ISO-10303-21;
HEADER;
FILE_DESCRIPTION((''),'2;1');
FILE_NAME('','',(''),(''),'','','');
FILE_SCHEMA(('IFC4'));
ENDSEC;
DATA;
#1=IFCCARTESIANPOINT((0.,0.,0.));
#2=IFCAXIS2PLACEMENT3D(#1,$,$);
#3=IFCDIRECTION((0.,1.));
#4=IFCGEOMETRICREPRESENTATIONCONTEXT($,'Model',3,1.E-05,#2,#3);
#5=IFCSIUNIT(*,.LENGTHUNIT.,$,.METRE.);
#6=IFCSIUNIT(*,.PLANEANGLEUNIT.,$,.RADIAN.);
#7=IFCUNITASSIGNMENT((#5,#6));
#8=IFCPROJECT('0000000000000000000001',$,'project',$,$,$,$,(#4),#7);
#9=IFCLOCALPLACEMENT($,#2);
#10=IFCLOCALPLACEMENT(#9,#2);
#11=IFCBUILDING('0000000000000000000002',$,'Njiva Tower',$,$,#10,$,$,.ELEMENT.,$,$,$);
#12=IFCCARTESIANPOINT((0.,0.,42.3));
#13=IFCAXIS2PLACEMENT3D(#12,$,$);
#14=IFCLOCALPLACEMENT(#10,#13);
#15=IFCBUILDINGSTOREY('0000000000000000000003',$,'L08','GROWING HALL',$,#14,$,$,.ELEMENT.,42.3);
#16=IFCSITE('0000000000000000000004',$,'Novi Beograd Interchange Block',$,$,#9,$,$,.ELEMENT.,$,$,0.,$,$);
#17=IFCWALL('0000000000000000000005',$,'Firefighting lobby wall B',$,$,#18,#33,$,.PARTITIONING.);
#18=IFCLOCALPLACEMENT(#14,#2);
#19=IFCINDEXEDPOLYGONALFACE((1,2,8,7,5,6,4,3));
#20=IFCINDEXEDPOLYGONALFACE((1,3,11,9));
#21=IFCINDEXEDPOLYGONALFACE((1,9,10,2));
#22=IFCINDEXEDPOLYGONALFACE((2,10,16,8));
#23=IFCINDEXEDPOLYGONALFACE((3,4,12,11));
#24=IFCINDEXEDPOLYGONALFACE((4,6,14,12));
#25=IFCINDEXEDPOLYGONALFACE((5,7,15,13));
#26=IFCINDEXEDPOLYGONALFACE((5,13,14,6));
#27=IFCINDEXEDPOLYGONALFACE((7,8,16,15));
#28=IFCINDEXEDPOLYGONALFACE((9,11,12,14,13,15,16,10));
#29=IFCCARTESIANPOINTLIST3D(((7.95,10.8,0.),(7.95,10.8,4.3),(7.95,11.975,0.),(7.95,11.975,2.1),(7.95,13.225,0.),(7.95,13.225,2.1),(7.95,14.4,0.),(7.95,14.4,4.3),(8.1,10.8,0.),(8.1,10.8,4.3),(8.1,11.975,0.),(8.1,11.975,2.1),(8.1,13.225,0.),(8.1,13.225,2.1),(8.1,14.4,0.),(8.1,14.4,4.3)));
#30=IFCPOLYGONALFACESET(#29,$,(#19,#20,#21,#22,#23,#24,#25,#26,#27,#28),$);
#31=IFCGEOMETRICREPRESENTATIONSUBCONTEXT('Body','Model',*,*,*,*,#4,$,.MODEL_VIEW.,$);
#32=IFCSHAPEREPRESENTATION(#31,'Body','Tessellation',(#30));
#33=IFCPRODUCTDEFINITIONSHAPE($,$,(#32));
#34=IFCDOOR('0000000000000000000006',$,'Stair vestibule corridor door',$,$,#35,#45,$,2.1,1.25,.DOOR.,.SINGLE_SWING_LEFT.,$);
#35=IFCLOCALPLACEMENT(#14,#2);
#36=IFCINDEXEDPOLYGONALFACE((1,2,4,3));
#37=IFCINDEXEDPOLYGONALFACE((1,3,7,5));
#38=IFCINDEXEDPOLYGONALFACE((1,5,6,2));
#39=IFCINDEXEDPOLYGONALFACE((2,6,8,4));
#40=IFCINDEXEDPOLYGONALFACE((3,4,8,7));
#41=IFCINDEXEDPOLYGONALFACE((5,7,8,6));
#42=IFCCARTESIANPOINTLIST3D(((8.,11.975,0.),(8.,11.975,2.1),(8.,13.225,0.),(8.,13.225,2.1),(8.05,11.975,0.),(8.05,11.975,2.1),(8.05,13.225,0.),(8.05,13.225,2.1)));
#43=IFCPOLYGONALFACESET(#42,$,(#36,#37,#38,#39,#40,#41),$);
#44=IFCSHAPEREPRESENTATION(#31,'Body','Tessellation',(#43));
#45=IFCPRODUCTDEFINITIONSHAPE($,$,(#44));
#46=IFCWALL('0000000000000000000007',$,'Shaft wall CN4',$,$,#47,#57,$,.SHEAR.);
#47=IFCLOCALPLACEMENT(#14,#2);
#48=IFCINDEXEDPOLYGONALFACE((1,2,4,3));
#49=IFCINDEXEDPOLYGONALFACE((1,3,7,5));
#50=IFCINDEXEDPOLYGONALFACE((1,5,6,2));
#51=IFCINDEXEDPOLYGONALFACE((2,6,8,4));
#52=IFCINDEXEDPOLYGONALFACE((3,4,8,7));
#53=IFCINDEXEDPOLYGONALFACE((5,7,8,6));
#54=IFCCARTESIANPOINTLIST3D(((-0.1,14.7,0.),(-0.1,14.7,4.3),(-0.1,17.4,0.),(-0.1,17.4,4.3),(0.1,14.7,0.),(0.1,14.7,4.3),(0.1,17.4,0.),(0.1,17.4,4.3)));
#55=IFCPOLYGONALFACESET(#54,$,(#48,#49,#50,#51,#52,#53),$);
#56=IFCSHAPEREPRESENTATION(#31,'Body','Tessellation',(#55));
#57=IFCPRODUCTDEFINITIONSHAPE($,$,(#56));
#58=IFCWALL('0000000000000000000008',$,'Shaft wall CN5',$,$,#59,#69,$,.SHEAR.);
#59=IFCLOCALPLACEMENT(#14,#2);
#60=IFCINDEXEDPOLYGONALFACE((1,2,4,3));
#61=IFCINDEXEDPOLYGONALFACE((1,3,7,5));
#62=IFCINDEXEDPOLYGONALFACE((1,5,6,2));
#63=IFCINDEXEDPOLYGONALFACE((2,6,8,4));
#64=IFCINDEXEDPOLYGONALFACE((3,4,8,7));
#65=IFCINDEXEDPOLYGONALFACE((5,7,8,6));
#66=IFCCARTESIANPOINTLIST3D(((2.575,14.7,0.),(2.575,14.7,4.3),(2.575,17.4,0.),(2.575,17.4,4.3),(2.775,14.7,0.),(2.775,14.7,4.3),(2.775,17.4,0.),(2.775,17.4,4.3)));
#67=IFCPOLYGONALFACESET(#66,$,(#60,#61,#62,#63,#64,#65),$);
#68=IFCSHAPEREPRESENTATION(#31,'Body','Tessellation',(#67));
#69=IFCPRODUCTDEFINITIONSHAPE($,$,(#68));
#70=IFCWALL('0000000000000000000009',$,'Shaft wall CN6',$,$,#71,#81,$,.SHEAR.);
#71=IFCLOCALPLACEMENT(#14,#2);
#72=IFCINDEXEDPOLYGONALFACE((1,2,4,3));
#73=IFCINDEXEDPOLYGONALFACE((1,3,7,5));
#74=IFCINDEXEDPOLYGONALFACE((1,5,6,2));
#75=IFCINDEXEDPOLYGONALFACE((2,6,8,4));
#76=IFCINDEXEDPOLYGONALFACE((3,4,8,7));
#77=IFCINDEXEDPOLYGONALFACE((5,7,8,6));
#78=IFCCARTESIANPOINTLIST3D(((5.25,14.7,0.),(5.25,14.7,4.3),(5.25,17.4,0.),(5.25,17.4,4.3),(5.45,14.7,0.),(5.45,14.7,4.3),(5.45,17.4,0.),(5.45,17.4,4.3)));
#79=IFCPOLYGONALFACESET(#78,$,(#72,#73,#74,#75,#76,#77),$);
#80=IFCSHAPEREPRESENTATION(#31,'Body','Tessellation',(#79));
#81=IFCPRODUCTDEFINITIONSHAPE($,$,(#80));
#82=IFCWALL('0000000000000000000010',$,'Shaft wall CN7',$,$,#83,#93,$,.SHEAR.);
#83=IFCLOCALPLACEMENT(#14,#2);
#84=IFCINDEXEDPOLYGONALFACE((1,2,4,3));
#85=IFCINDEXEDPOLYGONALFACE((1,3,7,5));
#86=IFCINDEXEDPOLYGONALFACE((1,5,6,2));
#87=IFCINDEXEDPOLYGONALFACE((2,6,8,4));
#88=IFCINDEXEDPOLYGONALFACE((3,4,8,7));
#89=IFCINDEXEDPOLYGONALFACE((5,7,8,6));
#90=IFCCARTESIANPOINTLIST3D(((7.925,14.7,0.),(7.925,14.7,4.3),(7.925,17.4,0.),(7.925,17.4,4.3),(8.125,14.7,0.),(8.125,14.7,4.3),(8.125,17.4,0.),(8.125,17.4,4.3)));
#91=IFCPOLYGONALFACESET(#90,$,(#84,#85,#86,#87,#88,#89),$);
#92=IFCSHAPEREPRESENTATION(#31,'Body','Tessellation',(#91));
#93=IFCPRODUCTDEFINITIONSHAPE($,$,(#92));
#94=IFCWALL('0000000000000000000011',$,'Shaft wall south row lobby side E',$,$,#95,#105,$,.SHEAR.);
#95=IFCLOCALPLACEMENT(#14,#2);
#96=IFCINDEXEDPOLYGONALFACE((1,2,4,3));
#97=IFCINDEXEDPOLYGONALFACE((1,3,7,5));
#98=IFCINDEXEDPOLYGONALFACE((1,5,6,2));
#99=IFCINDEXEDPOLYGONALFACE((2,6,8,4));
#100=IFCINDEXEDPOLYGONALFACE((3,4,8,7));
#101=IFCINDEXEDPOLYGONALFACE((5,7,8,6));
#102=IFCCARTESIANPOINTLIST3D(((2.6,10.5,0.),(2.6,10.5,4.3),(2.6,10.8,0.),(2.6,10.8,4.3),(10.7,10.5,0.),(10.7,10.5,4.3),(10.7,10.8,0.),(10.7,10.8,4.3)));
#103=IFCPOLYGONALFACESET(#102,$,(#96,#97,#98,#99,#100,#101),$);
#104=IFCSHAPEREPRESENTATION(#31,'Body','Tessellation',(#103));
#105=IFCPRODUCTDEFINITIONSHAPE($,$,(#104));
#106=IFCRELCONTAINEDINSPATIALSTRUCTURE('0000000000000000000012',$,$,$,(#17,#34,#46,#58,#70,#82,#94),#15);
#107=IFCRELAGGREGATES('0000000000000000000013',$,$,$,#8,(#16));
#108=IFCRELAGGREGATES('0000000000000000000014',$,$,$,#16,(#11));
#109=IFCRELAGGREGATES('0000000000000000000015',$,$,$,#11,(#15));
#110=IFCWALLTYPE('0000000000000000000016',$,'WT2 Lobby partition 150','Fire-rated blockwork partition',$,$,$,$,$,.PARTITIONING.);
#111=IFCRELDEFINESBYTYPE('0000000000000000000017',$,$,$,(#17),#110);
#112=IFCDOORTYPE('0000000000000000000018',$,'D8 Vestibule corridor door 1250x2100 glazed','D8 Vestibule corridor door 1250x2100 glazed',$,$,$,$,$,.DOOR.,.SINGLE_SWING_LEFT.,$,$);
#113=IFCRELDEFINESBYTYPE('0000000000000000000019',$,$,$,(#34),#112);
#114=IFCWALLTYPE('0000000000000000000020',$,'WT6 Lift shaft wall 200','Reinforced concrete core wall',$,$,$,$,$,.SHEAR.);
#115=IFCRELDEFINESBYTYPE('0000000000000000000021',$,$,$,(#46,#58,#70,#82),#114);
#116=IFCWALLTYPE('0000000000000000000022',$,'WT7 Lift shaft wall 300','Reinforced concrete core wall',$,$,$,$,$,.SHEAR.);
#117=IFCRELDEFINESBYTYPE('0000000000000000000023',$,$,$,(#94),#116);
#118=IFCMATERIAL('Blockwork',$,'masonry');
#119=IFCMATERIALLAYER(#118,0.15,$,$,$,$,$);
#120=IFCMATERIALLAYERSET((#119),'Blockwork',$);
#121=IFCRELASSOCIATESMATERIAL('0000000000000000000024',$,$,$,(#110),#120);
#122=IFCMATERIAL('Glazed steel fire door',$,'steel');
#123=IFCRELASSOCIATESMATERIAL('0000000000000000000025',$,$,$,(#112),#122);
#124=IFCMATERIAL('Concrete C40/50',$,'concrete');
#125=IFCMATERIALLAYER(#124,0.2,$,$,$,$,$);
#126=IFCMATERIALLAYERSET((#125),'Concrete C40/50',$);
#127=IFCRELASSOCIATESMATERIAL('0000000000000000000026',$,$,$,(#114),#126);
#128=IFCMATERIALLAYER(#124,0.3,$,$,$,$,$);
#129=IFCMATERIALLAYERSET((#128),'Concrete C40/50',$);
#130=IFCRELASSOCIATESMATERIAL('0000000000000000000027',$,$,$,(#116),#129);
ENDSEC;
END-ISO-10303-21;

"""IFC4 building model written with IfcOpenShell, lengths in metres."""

from ifc_helpers import new_model, si_unit, direction, frame, frame_2d, origin, place, context, subcontext, project, spatial, rectangle, extrude, material, layer, layer_set, type_object, element, fill, save


model = new_model("IFC4")

# Units and contexts
model_context = context("Model", 3, precision=1e-05, world=origin(), true_north=direction((0.0, 1.0)))
body_context = subcontext(model_context, "Body", "Model", "MODEL_VIEW")
ifc_project = project(units=[si_unit("LENGTHUNIT", "METRE"), si_unit("PLANEANGLEUNIT", "RADIAN")], contexts=[model_context])

# Site, building, storey
site_placement = place(None, origin())
site = spatial("IfcSite", under=ifc_project, at=site_placement, Name="Novi Beograd Interchange Block", CompositionType="ELEMENT", RefElevation=0.0)
building_placement = place(site_placement, origin())
building = spatial("IfcBuilding", under=site, at=building_placement, Name="Njiva Tower", CompositionType="ELEMENT")
storey_placement = place(building_placement, frame((0.0, 0.0, 42.3)))
storey = spatial("IfcBuildingStorey", under=building, at=storey_placement, Name="L08", Description="GROWING HALL", CompositionType="ELEMENT", Elevation=42.3)

# Wall, opening, door
ifc_material_1 = material(Name="Concrete C40/50", Category="concrete")
ifc_material_2 = material(Name="Glazed steel fire door", Category="steel")
ifc_material_3 = material(Name="Blockwork", Category="masonry")
ifc_layer_1 = layer(ifc_material_3, 0.15)
ifc_layer_set_1 = layer_set([ifc_layer_1], Name="Blockwork")
wall_type_1 = type_object("IfcWallType", Name="WT2 Lobby partition 150", Description="Fire-rated blockwork partition", PredefinedType="PARTITIONING", material=ifc_layer_set_1)
wall_1_placement = place(storey_placement, frame((8.025, 10.8, 0.0), z_axis=(0.0, 0.0, 1.0), x_axis=(0.0, 1.0, 0.0)))
wall_1 = element("IfcWall", 1, at=wall_1_placement, inside=storey, type_object=wall_type_1, Name="Firefighting lobby wall B", PredefinedType="PARTITIONING", context=body_context, shape_type="SweptSolid", body=[
    extrude(rectangle(XDim=3.6, YDim=0.15, at=frame_2d((1.8, 0.0))), origin(), (0.0, 0.0, 1.0), 4.3),
])
opening_1_placement = place(wall_1_placement, frame((1.175, 0.0, 0.0)))
opening_1 = element("IfcOpeningElement", 2, at=opening_1_placement, cuts=wall_1, PredefinedType="OPENING", context=body_context, shape_type="SweptSolid", body=[
    extrude(rectangle(XDim=1.25, YDim=2.1, at=frame_2d((0.625, 1.05))), frame((0.0, 0.085, 0.0), z_axis=(0.0, -1.0, 0.0), x_axis=(1.0, 0.0, 0.0)), (0.0, 0.0, 1.0), 0.17),
])
door_type_1 = type_object("IfcDoorType", Name="D8 Vestibule corridor door 1250x2100 glazed", Description="D8 Vestibule corridor door 1250x2100 glazed", OperationType="SINGLE_SWING_LEFT", PredefinedType="DOOR", material=ifc_material_2)
door_1_placement = place(opening_1_placement, origin())
door_1 = element("IfcDoor", 3, at=door_1_placement, inside=storey, type_object=door_type_1, Name="Stair vestibule corridor door", OperationType="SINGLE_SWING_LEFT", OverallHeight=2.1, OverallWidth=1.25, PredefinedType="DOOR", context=body_context, shape_type="SweptSolid", body=[
    extrude(rectangle(XDim=1.25, YDim=2.1, at=frame_2d((0.625, 1.05))), frame((0.0, 0.025, 0.0), z_axis=(0.0, -1.0, 0.0), x_axis=(1.0, 0.0, 0.0)), (0.0, 0.0, 1.0), 0.05),
])
fill(opening_1, door_1)

# Walls
ifc_layer_2 = layer(ifc_material_1, 0.2)
ifc_layer_set_2 = layer_set([ifc_layer_2], Name="Concrete C40/50")
wall_type_2 = type_object("IfcWallType", Name="WT6 Lift shaft wall 200", Description="Reinforced concrete core wall", PredefinedType="SHEAR", material=ifc_layer_set_2)
for number, where, z_axis, x_axis, name in (
    (4, (0.0, 14.7, 0.0), (0.0, 0.0, 1.0), (0.0, 1.0, 0.0), "Shaft wall CN4"),
    (5, (2.675, 14.7, 0.0), (0.0, 0.0, 1.0), (0.0, 1.0, 0.0), "Shaft wall CN5"),
    (6, (5.35, 14.7, 0.0), (0.0, 0.0, 1.0), (0.0, 1.0, 0.0), "Shaft wall CN6"),
    (7, (8.025, 14.7, 0.0), (0.0, 0.0, 1.0), (0.0, 1.0, 0.0), "Shaft wall CN7"),
):
    element("IfcWall", number, at=place(storey_placement, frame(where, z_axis=z_axis, x_axis=x_axis)), inside=storey, type_object=wall_type_2, Name=name, PredefinedType="SHEAR", context=body_context, shape_type="SweptSolid", body=[
        extrude(rectangle(XDim=2.7, YDim=0.2, at=frame_2d((1.35, 0.0))), origin(), (0.0, 0.0, 1.0), 4.3),
    ])
ifc_layer_3 = layer(ifc_material_1, 0.3)
ifc_layer_set_3 = layer_set([ifc_layer_3], Name="Concrete C40/50")
wall_type_3 = type_object("IfcWallType", Name="WT7 Lift shaft wall 300", Description="Reinforced concrete core wall", PredefinedType="SHEAR", material=ifc_layer_set_3)
wall_2_placement = place(storey_placement, frame((2.6, 10.65, 0.0), z_axis=(0.0, 0.0, 1.0), x_axis=(1.0, 0.0, 0.0)))
element("IfcWall", 8, at=wall_2_placement, inside=storey, type_object=wall_type_3, Name="Shaft wall south row lobby side E", PredefinedType="SHEAR", context=body_context, shape_type="SweptSolid", body=[
    extrude(rectangle(XDim=8.1, YDim=0.3, at=frame_2d((4.05, 0.0))), origin(), (0.0, 0.0, 1.0), 4.3),
])

save(model, "model.ifc")
